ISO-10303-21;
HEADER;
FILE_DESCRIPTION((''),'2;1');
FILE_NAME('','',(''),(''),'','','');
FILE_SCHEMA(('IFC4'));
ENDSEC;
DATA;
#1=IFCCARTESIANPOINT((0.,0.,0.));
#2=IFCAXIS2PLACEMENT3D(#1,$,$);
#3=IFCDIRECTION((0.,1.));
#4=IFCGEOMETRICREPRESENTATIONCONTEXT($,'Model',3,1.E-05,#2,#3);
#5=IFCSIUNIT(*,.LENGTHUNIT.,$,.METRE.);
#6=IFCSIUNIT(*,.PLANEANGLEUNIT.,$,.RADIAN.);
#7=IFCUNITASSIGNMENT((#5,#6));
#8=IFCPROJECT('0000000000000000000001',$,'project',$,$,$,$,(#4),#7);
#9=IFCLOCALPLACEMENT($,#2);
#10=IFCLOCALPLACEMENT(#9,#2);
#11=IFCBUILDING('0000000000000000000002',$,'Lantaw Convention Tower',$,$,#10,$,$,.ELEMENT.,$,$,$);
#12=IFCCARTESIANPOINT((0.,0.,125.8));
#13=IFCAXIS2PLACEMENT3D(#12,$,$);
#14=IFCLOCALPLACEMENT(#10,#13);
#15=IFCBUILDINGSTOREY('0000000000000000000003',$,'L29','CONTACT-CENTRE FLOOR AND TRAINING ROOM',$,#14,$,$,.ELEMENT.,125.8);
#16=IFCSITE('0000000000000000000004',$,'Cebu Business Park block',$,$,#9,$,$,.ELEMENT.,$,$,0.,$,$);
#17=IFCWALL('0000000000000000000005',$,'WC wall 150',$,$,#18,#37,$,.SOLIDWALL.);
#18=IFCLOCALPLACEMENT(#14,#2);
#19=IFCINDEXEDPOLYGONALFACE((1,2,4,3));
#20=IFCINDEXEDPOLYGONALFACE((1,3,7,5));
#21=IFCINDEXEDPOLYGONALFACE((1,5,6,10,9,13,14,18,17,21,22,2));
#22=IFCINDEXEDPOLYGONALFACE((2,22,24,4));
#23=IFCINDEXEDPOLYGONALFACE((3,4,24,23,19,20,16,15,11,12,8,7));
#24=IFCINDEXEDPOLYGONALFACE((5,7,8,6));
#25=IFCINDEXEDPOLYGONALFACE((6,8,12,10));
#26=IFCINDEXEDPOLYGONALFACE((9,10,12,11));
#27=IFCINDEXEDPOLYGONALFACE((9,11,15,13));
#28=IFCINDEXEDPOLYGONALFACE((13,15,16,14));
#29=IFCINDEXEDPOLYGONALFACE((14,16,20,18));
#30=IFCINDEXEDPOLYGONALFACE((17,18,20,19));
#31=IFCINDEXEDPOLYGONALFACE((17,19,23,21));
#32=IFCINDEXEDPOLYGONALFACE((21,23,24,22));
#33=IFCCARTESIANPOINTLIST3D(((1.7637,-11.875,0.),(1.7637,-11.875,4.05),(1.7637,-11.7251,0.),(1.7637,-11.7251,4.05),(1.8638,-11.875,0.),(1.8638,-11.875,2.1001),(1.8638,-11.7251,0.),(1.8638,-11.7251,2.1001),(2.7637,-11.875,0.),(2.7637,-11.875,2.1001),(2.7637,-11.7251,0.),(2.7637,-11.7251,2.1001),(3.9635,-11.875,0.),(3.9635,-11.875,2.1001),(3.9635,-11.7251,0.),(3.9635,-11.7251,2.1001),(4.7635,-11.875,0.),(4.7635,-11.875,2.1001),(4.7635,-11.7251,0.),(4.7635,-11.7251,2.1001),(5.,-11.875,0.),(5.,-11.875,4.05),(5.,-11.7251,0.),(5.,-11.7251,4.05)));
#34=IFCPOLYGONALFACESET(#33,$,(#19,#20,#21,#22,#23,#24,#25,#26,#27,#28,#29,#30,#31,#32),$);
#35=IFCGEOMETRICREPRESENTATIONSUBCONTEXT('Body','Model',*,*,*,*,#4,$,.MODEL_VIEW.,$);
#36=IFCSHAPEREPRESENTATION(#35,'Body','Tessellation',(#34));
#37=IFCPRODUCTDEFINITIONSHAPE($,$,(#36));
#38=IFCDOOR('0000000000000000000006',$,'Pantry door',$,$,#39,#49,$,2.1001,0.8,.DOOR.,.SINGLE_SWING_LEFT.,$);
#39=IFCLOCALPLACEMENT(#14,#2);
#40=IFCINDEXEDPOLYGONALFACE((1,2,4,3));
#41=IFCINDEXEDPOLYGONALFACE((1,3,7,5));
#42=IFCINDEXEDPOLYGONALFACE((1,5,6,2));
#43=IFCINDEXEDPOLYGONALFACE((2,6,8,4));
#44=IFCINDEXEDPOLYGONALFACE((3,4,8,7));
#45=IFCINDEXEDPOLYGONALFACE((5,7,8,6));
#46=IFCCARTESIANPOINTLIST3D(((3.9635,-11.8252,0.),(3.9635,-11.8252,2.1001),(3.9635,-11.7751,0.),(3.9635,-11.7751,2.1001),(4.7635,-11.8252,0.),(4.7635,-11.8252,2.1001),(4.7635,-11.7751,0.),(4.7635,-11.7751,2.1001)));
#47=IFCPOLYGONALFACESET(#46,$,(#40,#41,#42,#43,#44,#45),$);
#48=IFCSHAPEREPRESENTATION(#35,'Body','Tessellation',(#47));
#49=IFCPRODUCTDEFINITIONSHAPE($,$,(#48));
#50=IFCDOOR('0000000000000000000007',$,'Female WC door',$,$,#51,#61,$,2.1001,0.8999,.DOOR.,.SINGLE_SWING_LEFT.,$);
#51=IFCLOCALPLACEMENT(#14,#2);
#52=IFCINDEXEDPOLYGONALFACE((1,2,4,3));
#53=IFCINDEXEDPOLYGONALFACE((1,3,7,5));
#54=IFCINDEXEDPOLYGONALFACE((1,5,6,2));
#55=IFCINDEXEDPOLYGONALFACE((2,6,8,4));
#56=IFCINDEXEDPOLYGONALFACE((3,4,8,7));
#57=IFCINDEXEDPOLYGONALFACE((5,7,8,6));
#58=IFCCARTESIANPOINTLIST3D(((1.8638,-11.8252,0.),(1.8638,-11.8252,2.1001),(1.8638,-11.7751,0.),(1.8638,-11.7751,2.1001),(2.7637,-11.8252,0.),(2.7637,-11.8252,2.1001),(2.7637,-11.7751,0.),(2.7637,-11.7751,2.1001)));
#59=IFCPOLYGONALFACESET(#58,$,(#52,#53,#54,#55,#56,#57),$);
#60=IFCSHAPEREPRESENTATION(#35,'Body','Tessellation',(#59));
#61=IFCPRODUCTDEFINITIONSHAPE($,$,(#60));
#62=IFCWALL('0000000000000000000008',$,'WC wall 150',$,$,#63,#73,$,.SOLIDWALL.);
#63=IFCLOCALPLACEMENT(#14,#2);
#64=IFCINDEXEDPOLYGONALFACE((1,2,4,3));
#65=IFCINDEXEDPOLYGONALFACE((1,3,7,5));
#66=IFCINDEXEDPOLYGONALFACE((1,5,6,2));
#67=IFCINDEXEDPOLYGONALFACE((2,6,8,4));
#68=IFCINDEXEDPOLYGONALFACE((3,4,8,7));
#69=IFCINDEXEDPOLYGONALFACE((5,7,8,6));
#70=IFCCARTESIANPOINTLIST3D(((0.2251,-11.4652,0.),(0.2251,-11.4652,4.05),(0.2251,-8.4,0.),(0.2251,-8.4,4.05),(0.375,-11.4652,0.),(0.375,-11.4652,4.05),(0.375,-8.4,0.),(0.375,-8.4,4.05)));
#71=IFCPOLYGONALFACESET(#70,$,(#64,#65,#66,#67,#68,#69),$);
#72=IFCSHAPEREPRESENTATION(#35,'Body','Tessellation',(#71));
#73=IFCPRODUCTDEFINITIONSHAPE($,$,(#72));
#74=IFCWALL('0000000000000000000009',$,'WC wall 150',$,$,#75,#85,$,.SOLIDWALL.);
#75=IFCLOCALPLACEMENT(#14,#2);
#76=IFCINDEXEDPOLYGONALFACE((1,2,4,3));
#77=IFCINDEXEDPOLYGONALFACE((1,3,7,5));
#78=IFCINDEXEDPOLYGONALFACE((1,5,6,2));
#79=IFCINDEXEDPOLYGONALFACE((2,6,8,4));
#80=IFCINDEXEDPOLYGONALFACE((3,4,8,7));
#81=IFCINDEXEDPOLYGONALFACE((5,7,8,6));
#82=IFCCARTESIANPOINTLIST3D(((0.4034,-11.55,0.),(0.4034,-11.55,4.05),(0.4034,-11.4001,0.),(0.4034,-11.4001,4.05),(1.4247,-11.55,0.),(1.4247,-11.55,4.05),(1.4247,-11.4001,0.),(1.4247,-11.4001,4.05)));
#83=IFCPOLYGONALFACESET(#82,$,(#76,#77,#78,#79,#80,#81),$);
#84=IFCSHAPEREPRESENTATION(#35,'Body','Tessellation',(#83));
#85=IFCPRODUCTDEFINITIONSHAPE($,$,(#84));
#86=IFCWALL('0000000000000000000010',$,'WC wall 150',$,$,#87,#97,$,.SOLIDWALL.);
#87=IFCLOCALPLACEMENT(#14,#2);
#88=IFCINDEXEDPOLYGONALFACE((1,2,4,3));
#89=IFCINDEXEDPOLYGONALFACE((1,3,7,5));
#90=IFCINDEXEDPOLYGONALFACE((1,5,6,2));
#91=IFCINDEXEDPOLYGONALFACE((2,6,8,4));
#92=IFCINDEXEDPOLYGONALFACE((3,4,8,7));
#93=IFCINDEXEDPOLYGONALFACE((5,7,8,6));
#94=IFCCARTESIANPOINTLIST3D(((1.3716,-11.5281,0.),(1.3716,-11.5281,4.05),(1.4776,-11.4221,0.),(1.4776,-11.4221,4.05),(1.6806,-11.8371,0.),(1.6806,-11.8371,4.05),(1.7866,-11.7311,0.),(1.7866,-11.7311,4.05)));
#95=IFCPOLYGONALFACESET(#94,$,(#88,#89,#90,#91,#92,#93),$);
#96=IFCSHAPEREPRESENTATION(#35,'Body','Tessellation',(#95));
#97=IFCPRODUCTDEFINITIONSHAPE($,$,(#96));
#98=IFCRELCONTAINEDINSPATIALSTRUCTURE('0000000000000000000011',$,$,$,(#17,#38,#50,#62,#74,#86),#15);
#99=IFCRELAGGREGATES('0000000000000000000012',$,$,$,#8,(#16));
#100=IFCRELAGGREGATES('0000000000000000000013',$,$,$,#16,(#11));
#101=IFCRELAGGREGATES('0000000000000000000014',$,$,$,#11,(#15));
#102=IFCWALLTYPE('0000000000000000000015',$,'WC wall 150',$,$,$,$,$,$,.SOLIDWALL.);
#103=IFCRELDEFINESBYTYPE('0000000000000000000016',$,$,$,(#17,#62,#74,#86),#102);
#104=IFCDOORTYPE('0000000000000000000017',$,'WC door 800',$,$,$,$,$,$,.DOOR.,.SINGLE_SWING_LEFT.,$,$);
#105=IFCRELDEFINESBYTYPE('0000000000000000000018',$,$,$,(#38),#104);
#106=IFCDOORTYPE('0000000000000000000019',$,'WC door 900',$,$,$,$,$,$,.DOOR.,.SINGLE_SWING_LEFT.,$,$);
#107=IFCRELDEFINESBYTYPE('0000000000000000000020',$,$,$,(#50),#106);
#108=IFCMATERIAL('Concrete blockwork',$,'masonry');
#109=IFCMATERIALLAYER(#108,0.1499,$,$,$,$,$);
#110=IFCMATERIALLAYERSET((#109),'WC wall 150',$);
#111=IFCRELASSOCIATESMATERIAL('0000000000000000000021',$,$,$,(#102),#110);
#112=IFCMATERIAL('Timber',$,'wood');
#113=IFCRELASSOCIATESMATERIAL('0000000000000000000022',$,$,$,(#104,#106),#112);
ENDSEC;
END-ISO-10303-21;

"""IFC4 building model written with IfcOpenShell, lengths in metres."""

from ifc_helpers import new_model, si_unit, direction, frame, frame_2d, origin, place, context, subcontext, project, spatial, rectangle, extrude, material, layer, layer_set, type_object, element, fill, save


model = new_model("IFC4")

# Units and contexts
model_context = context("Model", 3, precision=1e-05, world=origin(), true_north=direction((0.0, 1.0)))
body_context = subcontext(model_context, "Body", "Model", "MODEL_VIEW")
ifc_project = project(units=[si_unit("LENGTHUNIT", "METRE"), si_unit("PLANEANGLEUNIT", "RADIAN")], contexts=[model_context])

# Site, building, storey
site_placement = place(None, origin())
site = spatial("IfcSite", under=ifc_project, at=site_placement, Name="Cebu Business Park block", CompositionType="ELEMENT", RefElevation=0.0)
building_placement = place(site_placement, origin())
building = spatial("IfcBuilding", under=site, at=building_placement, Name="Lantaw Convention Tower", CompositionType="ELEMENT")
storey_placement = place(building_placement, frame((0.0, 0.0, 125.8)))
storey = spatial("IfcBuildingStorey", under=building, at=storey_placement, Name="L29", Description="CONTACT-CENTRE FLOOR AND TRAINING ROOM", CompositionType="ELEMENT", Elevation=125.8)

# Shared definitions
ifc_material_1 = material(Name="Concrete blockwork", Category="masonry")
ifc_layer_1 = layer(ifc_material_1, 0.1499)
ifc_layer_set_1 = layer_set([ifc_layer_1], Name="WC wall 150")
wall_type_1 = type_object("IfcWallType", Name="WC wall 150", PredefinedType="SOLIDWALL", material=ifc_layer_set_1)

# Wall, openings, doors
wall_1_placement = place(storey_placement, frame((1.7637, -11.8, 0.0), z_axis=(0.0, 0.0, 1.0), x_axis=(1.0, 0.0, 0.0)))
wall_1 = element("IfcWall", 1, at=wall_1_placement, inside=storey, type_object=wall_type_1, Name="WC wall 150", PredefinedType="SOLIDWALL", context=body_context, shape_type="SweptSolid", body=[
    extrude(rectangle(XDim=3.2363, YDim=0.1499, at=frame_2d((1.6182, 0.0))), origin(), (0.0, 0.0, 1.0), 4.05),
])
opening_1_placement = place(wall_1_placement, frame((0.1001, 0.0, 0.0)))
opening_1 = element("IfcOpeningElement", 2, at=opening_1_placement, cuts=wall_1, PredefinedType="OPENING", context=body_context, shape_type="SweptSolid", body=[
    extrude(rectangle(XDim=0.8999, YDim=2.1001, at=frame_2d((0.45, 1.05))), frame((0.0, 0.085, 0.0), z_axis=(0.0, -1.0, 0.0), x_axis=(1.0, 0.0, 0.0)), (0.0, 0.0, 1.0), 0.1699),
])
opening_2_placement = place(wall_1_placement, frame((2.2, 0.0, 0.0)))
opening_2 = element("IfcOpeningElement", 3, at=opening_2_placement, cuts=wall_1, PredefinedType="OPENING", context=body_context, shape_type="SweptSolid", body=[
    extrude(rectangle(XDim=0.8, YDim=2.1001, at=frame_2d((0.3999, 1.05))), frame((0.0, 0.085, 0.0), z_axis=(0.0, -1.0, 0.0), x_axis=(1.0, 0.0, 0.0)), (0.0, 0.0, 1.0), 0.1699),
])
ifc_material_2 = material(Name="Timber", Category="wood")
door_type_1 = type_object("IfcDoorType", Name="WC door 800", OperationType="SINGLE_SWING_LEFT", PredefinedType="DOOR", material=ifc_material_2)
door_1_placement = place(opening_2_placement, origin())
door_1 = element("IfcDoor", 4, at=door_1_placement, inside=storey, type_object=door_type_1, Name="Pantry door", OperationType="SINGLE_SWING_LEFT", OverallHeight=2.1001, OverallWidth=0.8, PredefinedType="DOOR", context=body_context, shape_type="SweptSolid", body=[
    extrude(rectangle(XDim=0.8, YDim=2.1001, at=frame_2d((0.3999, 1.05))), frame((0.0, 0.0249, 0.0), z_axis=(0.0, -1.0, 0.0), x_axis=(1.0, 0.0, 0.0)), (0.0, 0.0, 1.0), 0.05),
])
fill(opening_2, door_1)
door_type_2 = type_object("IfcDoorType", Name="WC door 900", OperationType="SINGLE_SWING_LEFT", PredefinedType="DOOR", material=ifc_material_2)
door_2_placement = place(opening_1_placement, origin())
door_2 = element("IfcDoor", 5, at=door_2_placement, inside=storey, type_object=door_type_2, Name="Female WC door", OperationType="SINGLE_SWING_LEFT", OverallHeight=2.1001, OverallWidth=0.8999, PredefinedType="DOOR", context=body_context, shape_type="SweptSolid", body=[
    extrude(rectangle(XDim=0.8999, YDim=2.1001, at=frame_2d((0.45, 1.05))), frame((0.0, 0.0249, 0.0), z_axis=(0.0, -1.0, 0.0), x_axis=(1.0, 0.0, 0.0)), (0.0, 0.0, 1.0), 0.05),
])
fill(opening_1, door_2)

# Walls
wall_2_placement = place(storey_placement, frame((0.3, -8.3999, 0.0), z_axis=(0.0, 0.0, 1.0), x_axis=(0.0, -1.0, 0.0)))
element("IfcWall", 6, at=wall_2_placement, inside=storey, type_object=wall_type_1, Name="WC wall 150", PredefinedType="SOLIDWALL", context=body_context, shape_type="SweptSolid", body=[
    extrude(rectangle(XDim=3.0652, YDim=0.1499, at=frame_2d((1.5327, 0.0))), origin(), (0.0, 0.0, 1.0), 4.05),
])
wall_3_placement = place(storey_placement, frame((0.4033, -11.4751, 0.0), z_axis=(0.0, 0.0, 1.0), x_axis=(1.0, 0.0, 0.0)))
element("IfcWall", 7, at=wall_3_placement, inside=storey, type_object=wall_type_1, Name="WC wall 150", PredefinedType="SOLIDWALL", context=body_context, shape_type="SweptSolid", body=[
    extrude(rectangle(XDim=1.0212, YDim=0.1499, at=frame_2d((0.5107, 0.0))), origin(), (0.0, 0.0, 1.0), 4.05),
])
wall_4_placement = place(storey_placement, frame((1.4246, -11.4751, 0.0), z_axis=(0.0, 0.0, 1.0), x_axis=(0.707107, -0.707107, 0.0)))
element("IfcWall", 8, at=wall_4_placement, inside=storey, type_object=wall_type_1, Name="WC wall 150", PredefinedType="SOLIDWALL", context=body_context, shape_type="SweptSolid", body=[
    extrude(rectangle(XDim=0.437, YDim=0.1499, at=frame_2d((0.2185, 0.0))), origin(), (0.0, 0.0, 1.0), 4.05),
])

save(model, "model.ifc")
